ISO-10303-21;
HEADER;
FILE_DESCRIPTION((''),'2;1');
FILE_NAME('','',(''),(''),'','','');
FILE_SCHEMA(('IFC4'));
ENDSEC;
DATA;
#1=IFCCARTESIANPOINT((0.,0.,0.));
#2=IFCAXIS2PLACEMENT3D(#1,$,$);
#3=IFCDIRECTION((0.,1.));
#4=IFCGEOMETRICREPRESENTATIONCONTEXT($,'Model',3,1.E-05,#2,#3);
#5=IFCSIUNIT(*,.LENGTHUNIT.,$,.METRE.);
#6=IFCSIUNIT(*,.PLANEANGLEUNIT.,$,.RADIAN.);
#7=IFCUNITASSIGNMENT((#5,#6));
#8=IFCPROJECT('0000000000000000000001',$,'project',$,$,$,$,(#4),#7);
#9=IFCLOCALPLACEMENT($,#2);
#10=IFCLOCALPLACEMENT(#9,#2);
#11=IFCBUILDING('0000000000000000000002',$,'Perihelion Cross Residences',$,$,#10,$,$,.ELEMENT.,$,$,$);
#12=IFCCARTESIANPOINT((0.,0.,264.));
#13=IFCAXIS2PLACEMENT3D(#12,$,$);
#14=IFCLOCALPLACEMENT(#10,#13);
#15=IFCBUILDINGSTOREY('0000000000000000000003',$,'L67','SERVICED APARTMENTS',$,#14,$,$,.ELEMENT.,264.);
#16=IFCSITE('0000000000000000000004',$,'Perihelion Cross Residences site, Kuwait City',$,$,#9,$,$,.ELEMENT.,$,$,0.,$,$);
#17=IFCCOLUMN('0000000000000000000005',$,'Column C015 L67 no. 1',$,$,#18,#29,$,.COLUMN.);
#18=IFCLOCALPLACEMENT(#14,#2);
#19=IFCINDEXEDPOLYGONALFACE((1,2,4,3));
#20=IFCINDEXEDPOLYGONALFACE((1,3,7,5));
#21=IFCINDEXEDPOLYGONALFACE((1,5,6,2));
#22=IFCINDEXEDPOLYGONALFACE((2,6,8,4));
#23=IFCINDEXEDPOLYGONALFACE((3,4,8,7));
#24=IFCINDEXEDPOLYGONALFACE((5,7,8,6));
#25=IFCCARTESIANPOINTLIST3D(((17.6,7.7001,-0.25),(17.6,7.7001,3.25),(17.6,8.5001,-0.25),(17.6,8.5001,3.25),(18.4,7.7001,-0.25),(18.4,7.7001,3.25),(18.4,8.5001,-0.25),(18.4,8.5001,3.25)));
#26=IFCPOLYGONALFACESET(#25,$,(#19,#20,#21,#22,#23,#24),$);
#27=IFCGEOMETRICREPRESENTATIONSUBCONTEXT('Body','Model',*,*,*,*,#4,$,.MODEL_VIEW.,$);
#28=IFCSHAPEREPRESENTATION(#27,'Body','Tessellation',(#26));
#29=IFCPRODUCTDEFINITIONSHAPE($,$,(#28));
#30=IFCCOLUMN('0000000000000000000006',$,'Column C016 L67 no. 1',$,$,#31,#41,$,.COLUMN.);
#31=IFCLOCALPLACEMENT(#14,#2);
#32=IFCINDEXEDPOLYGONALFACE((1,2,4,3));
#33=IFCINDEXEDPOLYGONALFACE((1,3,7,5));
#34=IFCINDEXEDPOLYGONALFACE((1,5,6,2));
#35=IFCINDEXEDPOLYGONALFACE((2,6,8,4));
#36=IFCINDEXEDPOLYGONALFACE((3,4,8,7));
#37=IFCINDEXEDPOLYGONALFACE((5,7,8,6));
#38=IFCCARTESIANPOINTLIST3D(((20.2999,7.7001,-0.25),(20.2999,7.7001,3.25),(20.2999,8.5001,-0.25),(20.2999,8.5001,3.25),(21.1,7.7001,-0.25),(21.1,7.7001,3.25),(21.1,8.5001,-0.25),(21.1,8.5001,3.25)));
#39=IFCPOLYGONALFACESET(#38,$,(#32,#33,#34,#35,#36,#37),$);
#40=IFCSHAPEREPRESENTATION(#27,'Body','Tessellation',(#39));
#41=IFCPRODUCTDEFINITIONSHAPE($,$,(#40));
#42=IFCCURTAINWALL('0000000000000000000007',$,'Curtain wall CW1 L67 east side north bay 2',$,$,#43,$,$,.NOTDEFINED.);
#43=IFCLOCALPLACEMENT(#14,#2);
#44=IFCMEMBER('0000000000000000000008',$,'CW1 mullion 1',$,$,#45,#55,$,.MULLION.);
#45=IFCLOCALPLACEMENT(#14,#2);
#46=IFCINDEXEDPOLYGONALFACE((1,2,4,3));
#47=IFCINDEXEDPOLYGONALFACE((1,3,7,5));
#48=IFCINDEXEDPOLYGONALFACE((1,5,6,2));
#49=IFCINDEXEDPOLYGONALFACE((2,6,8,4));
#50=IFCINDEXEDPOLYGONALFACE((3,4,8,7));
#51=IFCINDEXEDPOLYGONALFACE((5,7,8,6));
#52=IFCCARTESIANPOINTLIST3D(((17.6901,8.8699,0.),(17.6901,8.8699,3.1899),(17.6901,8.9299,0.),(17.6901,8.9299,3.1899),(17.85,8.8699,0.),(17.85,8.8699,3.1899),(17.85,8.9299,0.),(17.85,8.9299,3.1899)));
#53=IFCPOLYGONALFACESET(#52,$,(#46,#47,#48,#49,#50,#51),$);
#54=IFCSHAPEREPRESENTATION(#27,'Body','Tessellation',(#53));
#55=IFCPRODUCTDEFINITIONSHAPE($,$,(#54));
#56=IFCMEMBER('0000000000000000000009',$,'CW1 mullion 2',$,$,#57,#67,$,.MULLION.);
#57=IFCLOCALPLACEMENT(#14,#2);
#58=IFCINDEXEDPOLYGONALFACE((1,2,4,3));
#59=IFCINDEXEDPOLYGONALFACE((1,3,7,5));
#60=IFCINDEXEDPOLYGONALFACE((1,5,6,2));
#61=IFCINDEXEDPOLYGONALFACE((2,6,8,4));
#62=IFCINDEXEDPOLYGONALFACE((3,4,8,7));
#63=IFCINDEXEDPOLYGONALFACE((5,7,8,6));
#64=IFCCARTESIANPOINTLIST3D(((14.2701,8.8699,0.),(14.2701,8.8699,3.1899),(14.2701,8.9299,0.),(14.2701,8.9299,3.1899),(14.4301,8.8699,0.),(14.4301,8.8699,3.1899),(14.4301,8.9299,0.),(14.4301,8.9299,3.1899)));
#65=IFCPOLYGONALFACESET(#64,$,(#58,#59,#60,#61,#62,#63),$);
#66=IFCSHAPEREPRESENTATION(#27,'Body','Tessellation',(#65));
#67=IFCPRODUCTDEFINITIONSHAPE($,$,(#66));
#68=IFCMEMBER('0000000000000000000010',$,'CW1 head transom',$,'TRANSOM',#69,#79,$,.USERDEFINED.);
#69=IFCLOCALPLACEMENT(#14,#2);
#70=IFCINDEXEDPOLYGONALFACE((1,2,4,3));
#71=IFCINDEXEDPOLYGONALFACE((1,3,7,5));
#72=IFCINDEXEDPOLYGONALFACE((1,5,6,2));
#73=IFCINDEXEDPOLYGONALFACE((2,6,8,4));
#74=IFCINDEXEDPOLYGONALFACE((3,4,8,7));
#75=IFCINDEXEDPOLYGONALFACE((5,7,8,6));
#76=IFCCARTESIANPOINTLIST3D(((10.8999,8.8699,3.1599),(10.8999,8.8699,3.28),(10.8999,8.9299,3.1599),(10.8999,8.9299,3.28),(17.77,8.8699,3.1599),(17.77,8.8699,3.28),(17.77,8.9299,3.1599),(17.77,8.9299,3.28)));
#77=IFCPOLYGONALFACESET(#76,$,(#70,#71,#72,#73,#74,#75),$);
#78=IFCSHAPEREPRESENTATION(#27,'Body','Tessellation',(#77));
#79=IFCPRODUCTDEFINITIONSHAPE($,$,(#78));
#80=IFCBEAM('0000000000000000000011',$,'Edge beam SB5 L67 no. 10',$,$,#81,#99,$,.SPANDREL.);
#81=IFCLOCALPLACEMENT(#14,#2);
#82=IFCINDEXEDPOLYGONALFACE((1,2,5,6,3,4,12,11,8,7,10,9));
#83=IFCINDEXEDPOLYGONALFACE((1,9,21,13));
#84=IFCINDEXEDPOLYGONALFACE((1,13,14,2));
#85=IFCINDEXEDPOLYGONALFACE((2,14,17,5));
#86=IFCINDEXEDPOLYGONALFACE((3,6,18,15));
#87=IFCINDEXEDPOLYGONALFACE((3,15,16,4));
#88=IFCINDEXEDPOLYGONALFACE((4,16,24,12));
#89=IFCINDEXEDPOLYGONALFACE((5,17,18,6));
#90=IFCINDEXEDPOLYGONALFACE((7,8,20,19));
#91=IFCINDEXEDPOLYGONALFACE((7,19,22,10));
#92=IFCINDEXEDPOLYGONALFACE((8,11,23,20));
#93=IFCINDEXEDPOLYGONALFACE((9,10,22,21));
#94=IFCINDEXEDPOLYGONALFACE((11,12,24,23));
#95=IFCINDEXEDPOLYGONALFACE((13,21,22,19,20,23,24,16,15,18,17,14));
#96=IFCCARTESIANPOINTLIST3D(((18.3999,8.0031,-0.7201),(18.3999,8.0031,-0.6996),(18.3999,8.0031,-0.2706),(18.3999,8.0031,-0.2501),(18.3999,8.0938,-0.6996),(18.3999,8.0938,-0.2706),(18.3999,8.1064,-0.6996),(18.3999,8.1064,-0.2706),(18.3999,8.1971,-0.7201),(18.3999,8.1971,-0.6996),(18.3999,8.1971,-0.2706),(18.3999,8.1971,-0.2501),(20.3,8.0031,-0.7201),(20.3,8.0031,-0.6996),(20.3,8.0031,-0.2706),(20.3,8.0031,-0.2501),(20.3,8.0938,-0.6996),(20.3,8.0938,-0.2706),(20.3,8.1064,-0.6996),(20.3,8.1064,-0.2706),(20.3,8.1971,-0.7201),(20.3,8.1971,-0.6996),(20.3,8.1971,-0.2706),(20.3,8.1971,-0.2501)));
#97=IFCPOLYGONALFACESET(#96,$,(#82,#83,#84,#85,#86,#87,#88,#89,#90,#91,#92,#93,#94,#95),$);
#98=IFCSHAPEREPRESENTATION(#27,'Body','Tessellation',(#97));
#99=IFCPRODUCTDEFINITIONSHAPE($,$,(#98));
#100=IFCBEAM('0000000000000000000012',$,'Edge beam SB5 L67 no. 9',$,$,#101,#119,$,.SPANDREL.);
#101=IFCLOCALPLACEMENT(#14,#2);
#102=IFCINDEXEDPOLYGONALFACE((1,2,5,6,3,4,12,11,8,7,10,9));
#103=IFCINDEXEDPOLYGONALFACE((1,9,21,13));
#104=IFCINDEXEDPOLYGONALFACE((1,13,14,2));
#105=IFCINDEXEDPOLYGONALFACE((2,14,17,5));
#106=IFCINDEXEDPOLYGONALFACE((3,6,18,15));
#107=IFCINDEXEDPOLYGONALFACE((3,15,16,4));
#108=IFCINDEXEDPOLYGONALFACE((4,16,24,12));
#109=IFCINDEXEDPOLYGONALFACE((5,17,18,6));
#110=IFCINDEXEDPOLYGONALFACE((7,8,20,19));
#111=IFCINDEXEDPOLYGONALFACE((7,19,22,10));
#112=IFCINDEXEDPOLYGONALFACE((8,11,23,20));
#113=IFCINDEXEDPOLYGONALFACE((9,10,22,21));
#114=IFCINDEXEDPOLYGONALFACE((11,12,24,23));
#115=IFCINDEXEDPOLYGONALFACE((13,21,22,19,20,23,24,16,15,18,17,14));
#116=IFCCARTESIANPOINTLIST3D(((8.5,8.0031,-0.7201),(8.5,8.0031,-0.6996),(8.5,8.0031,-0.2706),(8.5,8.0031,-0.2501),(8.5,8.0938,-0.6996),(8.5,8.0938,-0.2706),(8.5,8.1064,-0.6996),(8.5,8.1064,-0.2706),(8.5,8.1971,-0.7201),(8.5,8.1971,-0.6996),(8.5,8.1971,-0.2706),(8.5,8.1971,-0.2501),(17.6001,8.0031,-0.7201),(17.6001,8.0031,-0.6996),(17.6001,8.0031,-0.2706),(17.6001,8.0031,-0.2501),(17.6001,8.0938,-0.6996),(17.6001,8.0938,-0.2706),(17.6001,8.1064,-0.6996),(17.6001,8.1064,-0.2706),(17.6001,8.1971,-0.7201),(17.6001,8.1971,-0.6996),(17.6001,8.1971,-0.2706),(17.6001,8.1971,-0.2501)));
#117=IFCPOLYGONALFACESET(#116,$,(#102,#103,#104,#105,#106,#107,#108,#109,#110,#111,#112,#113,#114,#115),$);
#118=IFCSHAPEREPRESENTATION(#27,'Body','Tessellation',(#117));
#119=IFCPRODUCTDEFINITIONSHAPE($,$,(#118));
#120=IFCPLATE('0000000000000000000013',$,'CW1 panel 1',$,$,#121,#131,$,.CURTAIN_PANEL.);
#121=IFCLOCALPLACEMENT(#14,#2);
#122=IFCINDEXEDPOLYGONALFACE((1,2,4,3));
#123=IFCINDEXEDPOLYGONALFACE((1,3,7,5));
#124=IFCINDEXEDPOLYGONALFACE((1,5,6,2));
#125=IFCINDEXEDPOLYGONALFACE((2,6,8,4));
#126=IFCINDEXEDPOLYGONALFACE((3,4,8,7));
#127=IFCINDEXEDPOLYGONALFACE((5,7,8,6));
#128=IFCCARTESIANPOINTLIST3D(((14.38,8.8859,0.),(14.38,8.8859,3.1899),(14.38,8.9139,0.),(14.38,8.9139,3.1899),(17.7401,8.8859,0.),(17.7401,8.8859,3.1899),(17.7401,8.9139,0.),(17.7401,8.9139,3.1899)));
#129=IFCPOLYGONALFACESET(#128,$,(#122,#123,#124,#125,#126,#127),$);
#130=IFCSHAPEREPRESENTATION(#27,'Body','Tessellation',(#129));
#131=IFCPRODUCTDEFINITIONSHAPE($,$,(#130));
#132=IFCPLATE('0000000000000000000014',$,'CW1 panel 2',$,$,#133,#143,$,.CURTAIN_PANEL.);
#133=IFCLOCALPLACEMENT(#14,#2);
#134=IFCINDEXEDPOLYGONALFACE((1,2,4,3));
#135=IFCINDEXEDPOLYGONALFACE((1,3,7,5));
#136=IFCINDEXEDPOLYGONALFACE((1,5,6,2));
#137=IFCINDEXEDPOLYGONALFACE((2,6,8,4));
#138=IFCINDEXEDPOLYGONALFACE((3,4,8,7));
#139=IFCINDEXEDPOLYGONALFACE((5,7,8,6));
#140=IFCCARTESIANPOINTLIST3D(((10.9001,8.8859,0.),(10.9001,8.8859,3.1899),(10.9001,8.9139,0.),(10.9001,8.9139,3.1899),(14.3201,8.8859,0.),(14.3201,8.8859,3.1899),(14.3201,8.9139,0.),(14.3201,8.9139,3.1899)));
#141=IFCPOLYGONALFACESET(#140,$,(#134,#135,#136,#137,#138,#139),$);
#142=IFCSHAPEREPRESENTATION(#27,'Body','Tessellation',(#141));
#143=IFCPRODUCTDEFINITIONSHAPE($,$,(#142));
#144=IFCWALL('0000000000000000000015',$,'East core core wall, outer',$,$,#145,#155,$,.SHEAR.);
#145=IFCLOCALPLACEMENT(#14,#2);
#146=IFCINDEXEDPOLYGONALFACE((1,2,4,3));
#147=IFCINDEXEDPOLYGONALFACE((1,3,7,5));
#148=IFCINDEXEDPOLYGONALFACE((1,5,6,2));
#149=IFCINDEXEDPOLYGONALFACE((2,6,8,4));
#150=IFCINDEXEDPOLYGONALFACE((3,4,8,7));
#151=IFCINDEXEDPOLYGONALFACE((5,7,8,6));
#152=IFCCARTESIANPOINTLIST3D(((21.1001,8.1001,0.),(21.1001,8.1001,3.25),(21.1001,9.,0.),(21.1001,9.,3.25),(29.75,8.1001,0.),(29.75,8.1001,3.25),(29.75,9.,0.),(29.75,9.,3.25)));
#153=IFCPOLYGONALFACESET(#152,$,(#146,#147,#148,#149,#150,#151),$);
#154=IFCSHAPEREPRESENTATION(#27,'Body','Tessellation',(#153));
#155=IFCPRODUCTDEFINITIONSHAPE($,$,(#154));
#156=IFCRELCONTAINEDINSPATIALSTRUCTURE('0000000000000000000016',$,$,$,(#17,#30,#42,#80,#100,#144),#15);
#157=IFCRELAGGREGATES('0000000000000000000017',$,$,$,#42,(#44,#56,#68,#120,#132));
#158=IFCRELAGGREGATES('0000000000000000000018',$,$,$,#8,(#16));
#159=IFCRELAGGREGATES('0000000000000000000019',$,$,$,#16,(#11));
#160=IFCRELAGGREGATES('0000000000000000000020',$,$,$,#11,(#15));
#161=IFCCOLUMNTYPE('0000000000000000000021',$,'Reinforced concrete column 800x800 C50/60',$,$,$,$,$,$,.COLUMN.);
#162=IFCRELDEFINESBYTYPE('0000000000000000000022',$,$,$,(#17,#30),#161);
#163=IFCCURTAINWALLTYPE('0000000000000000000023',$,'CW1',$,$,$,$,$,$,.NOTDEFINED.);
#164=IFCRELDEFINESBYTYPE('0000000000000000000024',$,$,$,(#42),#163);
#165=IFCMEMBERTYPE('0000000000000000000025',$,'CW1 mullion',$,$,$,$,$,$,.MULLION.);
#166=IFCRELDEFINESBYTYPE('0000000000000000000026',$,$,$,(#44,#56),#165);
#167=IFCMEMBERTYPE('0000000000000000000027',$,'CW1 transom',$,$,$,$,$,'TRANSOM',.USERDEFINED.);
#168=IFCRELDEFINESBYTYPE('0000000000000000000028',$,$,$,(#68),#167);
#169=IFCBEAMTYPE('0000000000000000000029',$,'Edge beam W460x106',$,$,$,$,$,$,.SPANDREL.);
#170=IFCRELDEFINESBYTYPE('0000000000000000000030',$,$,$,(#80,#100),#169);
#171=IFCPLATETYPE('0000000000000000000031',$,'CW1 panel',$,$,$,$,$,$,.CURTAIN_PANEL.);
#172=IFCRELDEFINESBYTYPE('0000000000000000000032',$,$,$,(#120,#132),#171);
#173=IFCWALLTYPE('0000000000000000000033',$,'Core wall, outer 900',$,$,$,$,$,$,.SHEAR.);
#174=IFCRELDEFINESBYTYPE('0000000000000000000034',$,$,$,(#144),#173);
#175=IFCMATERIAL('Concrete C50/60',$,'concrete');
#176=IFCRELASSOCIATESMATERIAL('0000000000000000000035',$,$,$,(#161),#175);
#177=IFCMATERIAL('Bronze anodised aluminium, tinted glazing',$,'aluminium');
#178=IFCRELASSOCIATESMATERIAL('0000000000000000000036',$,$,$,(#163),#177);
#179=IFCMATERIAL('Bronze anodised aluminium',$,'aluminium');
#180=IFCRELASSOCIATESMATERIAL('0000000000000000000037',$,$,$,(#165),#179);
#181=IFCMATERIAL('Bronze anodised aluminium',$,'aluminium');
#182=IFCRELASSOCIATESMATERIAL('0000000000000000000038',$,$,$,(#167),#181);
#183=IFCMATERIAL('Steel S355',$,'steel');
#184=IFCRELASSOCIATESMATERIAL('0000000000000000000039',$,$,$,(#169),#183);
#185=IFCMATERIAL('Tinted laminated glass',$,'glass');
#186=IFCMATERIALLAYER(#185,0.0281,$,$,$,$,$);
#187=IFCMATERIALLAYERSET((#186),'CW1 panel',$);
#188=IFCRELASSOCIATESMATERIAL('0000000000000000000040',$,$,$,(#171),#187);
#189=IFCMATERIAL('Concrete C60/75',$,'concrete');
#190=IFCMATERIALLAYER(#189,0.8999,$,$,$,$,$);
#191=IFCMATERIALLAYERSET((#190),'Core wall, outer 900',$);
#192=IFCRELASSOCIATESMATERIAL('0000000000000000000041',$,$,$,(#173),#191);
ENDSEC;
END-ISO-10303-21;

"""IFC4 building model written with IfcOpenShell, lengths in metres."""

from ifc_helpers import new_model, si_unit, direction, frame, frame_2d, origin, origin_2d, place, context, subcontext, project, spatial, rectangle, i_section, extrude, material, layer, layer_set, material_profile, profile_set, type_object, element, aggregate, save


model = new_model("IFC4")

# Units and contexts
model_context = context("Model", 3, precision=1e-05, world=origin(), true_north=direction((0.0, 1.0)))
body_context = subcontext(model_context, "Body", "Model", "MODEL_VIEW")
ifc_project = project(units=[si_unit("LENGTHUNIT", "METRE"), si_unit("PLANEANGLEUNIT", "RADIAN")], contexts=[model_context])

# Site, building, storey
site_placement = place(None, origin())
site = spatial("IfcSite", under=ifc_project, at=site_placement, Name="Perihelion Cross Residences site, Kuwait City", CompositionType="ELEMENT", RefElevation=0.0)
building_placement = place(site_placement, origin())
building = spatial("IfcBuilding", under=site, at=building_placement, Name="Perihelion Cross Residences", CompositionType="ELEMENT")
storey_placement = place(building_placement, frame((0.0, 0.0, 264.0)))
storey = spatial("IfcBuildingStorey", under=building, at=storey_placement, Name="L67", Description="SERVICED APARTMENTS", CompositionType="ELEMENT", Elevation=264.0)

# Columns
ifc_material_1 = material(Name="Concrete C50/60", Category="concrete")
ifc_material_profile_1 = material_profile(ifc_material_1, rectangle(XDim=0.8, YDim=0.8, at=origin_2d()), Name="RC 800x800")
ifc_profile_set_1 = profile_set([ifc_material_profile_1], Name="Concrete C50/60")
column_type = type_object("IfcColumnType", Name="Reinforced concrete column 800x800 C50/60", PredefinedType="COLUMN", material=ifc_profile_set_1)
for number, where, z_axis, x_axis, name in (
    (1, (18.0, 8.1001, -0.25), (0.0, 0.0, 1.0), (1.0, 0.0, 0.0), "Column C015 L67 no. 1"),
    (2, (20.7, 8.1001, -0.25), (0.0, 0.0, 1.0), (1.0, 0.0, 0.0), "Column C016 L67 no. 1"),
):
    element("IfcColumn", number, at=place(storey_placement, frame(where, z_axis=z_axis, x_axis=x_axis)), inside=storey, type_object=column_type, Name=name, PredefinedType="COLUMN", context=body_context, shape_type="SweptSolid", body=[
        extrude(rectangle(XDim=0.8, YDim=0.8, at=origin_2d()), origin(), (0.0, 0.0, 1.0), 3.5),
    ])

# Curtain wall, members
ifc_material_2 = material(Name="Bronze anodised aluminium, tinted glazing", Category="aluminium")
curtain_wall_type = type_object("IfcCurtainWallType", Name="CW1", PredefinedType="NOTDEFINED", material=ifc_material_2)
curtain_wall_placement = place(storey_placement, origin())
curtain_wall = element("IfcCurtainWall", 3, at=curtain_wall_placement, inside=storey, type_object=curtain_wall_type, Name="Curtain wall CW1 L67 east side north bay 2", PredefinedType="NOTDEFINED")
ifc_material_3 = material(Name="Bronze anodised aluminium", Category="aluminium")
ifc_material_profile_2 = material_profile(ifc_material_3, rectangle(XDim=0.0601, YDim=0.1599, at=origin_2d()), Name="CW1 mullion")
ifc_profile_set_2 = profile_set([ifc_material_profile_2], Name="Bronze anodised aluminium")
member_type_1 = type_object("IfcMemberType", Name="CW1 mullion", PredefinedType="MULLION", material=ifc_profile_set_2)
member_1_placement = place(storey_placement, frame((17.77, 8.8999, 0.0), z_axis=(0.0, 0.0, 1.0), x_axis=(0.0, -1.0, 0.0)))
member_1 = element("IfcMember", 4, at=member_1_placement, type_object=member_type_1, Name="CW1 mullion 1", PredefinedType="MULLION", context=body_context, shape_type="SweptSolid", body=[
    extrude(rectangle(XDim=0.0601, YDim=0.1599, at=origin_2d()), origin(), (0.0, 0.0, 1.0), 3.1899),
])
member_2_placement = place(storey_placement, frame((14.3501, 8.8999, 0.0), z_axis=(0.0, 0.0, 1.0), x_axis=(0.0, -1.0, 0.0)))
member_2 = element("IfcMember", 5, at=member_2_placement, type_object=member_type_1, Name="CW1 mullion 2", PredefinedType="MULLION", context=body_context, shape_type="SweptSolid", body=[
    extrude(rectangle(XDim=0.0601, YDim=0.1599, at=origin_2d()), origin(), (0.0, 0.0, 1.0), 3.1899),
])
ifc_material_4 = material(Name="Bronze anodised aluminium", Category="aluminium")
ifc_material_profile_3 = material_profile(ifc_material_4, rectangle(XDim=0.0601, YDim=0.1201, at=origin_2d()), Name="CW1 transom")
ifc_profile_set_3 = profile_set([ifc_material_profile_3], Name="Bronze anodised aluminium")
member_type_2 = type_object("IfcMemberType", Name="CW1 transom", ElementType="TRANSOM", PredefinedType="USERDEFINED", material=ifc_profile_set_3)
member_3_placement = place(storey_placement, frame((17.77, 8.8999, 3.22), z_axis=(-1.0, 0.0, 0.0), x_axis=(0.0, -1.0, 0.0)))
member_3 = element("IfcMember", 6, at=member_3_placement, type_object=member_type_2, Name="CW1 head transom", ObjectType="TRANSOM", PredefinedType="USERDEFINED", context=body_context, shape_type="SweptSolid", body=[
    extrude(rectangle(XDim=0.0601, YDim=0.1201, at=origin_2d()), origin(), (0.0, 0.0, 1.0), 6.8701),
])

# Beams
ifc_material_5 = material(Name="Steel S355", Category="steel")
ifc_material_profile_4 = material_profile(ifc_material_5, i_section(OverallWidth=0.1941, OverallDepth=0.47, WebThickness=0.0127, FlangeThickness=0.0205, at=origin_2d()), Name="W460x106")
ifc_profile_set_4 = profile_set([ifc_material_profile_4], Name="Steel S355")
beam_type = type_object("IfcBeamType", Name="Edge beam W460x106", PredefinedType="SPANDREL", material=ifc_profile_set_4)
beam_1_placement = place(storey_placement, frame((20.3, 8.1001, -0.4851), z_axis=(-1.0, 0.0, 0.0), x_axis=(0.0, -1.0, 0.0)))
element("IfcBeam", 7, at=beam_1_placement, inside=storey, type_object=beam_type, Name="Edge beam SB5 L67 no. 10", PredefinedType="SPANDREL", context=body_context, shape_type="SweptSolid", body=[
    extrude(i_section(OverallWidth=0.1941, OverallDepth=0.47, WebThickness=0.0127, FlangeThickness=0.0205, at=origin_2d()), origin(), (0.0, 0.0, 1.0), 1.9001),
])
beam_2_placement = place(storey_placement, frame((17.6001, 8.1001, -0.4851), z_axis=(-1.0, 0.0, 0.0), x_axis=(0.0, -1.0, 0.0)))
element("IfcBeam", 8, at=beam_2_placement, inside=storey, type_object=beam_type, Name="Edge beam SB5 L67 no. 9", PredefinedType="SPANDREL", context=body_context, shape_type="SweptSolid", body=[
    extrude(i_section(OverallWidth=0.1941, OverallDepth=0.47, WebThickness=0.0127, FlangeThickness=0.0205, at=origin_2d()), origin(), (0.0, 0.0, 1.0), 9.1001),
])

# Plates
ifc_material_6 = material(Name="Tinted laminated glass", Category="glass")
ifc_layer_1 = layer(ifc_material_6, 0.0281)
ifc_layer_set_1 = layer_set([ifc_layer_1], Name="CW1 panel")
plate_type = type_object("IfcPlateType", Name="CW1 panel", PredefinedType="CURTAIN_PANEL", material=ifc_layer_set_1)
plate_1_placement = place(storey_placement, frame((16.0601, 8.8999, 0.0), z_axis=(0.0, 0.0, 1.0), x_axis=(-1.0, 0.0, 0.0)))
plate_1 = element("IfcPlate", 9, at=plate_1_placement, type_object=plate_type, Name="CW1 panel 1", PredefinedType="CURTAIN_PANEL", context=body_context, shape_type="SweptSolid", body=[
    extrude(rectangle(XDim=3.3601, YDim=0.0281, at=origin_2d()), origin(), (0.0, 0.0, 1.0), 3.1899),
])
plate_2_placement = place(storey_placement, frame((12.6101, 8.8999, 0.0), z_axis=(0.0, 0.0, 1.0), x_axis=(-1.0, 0.0, 0.0)))
plate_2 = element("IfcPlate", 10, at=plate_2_placement, type_object=plate_type, Name="CW1 panel 2", PredefinedType="CURTAIN_PANEL", context=body_context, shape_type="SweptSolid", body=[
    extrude(rectangle(XDim=3.4199, YDim=0.0281, at=origin_2d()), origin(), (0.0, 0.0, 1.0), 3.1899),
])
aggregate(curtain_wall, [member_1, member_2, member_3, plate_1, plate_2])

# Wall
ifc_material_7 = material(Name="Concrete C60/75", Category="concrete")
ifc_layer_2 = layer(ifc_material_7, 0.8999)
ifc_layer_set_2 = layer_set([ifc_layer_2], Name="Core wall, outer 900")
wall_type_1 = type_object("IfcWallType", Name="Core wall, outer 900", PredefinedType="SHEAR", material=ifc_layer_set_2)
wall_1_placement = place(storey_placement, frame((21.1001, 8.55, 0.0), z_axis=(0.0, 0.0, 1.0), x_axis=(1.0, 0.0, 0.0)))
element("IfcWall", 11, at=wall_1_placement, inside=storey, type_object=wall_type_1, Name="East core core wall, outer", PredefinedType="SHEAR", context=body_context, shape_type="SweptSolid", body=[
    extrude(rectangle(XDim=8.6499, YDim=0.8999, at=frame_2d((4.325, 0.0))), origin(), (0.0, 0.0, 1.0), 3.25),
])

save(model, "model.ifc")
